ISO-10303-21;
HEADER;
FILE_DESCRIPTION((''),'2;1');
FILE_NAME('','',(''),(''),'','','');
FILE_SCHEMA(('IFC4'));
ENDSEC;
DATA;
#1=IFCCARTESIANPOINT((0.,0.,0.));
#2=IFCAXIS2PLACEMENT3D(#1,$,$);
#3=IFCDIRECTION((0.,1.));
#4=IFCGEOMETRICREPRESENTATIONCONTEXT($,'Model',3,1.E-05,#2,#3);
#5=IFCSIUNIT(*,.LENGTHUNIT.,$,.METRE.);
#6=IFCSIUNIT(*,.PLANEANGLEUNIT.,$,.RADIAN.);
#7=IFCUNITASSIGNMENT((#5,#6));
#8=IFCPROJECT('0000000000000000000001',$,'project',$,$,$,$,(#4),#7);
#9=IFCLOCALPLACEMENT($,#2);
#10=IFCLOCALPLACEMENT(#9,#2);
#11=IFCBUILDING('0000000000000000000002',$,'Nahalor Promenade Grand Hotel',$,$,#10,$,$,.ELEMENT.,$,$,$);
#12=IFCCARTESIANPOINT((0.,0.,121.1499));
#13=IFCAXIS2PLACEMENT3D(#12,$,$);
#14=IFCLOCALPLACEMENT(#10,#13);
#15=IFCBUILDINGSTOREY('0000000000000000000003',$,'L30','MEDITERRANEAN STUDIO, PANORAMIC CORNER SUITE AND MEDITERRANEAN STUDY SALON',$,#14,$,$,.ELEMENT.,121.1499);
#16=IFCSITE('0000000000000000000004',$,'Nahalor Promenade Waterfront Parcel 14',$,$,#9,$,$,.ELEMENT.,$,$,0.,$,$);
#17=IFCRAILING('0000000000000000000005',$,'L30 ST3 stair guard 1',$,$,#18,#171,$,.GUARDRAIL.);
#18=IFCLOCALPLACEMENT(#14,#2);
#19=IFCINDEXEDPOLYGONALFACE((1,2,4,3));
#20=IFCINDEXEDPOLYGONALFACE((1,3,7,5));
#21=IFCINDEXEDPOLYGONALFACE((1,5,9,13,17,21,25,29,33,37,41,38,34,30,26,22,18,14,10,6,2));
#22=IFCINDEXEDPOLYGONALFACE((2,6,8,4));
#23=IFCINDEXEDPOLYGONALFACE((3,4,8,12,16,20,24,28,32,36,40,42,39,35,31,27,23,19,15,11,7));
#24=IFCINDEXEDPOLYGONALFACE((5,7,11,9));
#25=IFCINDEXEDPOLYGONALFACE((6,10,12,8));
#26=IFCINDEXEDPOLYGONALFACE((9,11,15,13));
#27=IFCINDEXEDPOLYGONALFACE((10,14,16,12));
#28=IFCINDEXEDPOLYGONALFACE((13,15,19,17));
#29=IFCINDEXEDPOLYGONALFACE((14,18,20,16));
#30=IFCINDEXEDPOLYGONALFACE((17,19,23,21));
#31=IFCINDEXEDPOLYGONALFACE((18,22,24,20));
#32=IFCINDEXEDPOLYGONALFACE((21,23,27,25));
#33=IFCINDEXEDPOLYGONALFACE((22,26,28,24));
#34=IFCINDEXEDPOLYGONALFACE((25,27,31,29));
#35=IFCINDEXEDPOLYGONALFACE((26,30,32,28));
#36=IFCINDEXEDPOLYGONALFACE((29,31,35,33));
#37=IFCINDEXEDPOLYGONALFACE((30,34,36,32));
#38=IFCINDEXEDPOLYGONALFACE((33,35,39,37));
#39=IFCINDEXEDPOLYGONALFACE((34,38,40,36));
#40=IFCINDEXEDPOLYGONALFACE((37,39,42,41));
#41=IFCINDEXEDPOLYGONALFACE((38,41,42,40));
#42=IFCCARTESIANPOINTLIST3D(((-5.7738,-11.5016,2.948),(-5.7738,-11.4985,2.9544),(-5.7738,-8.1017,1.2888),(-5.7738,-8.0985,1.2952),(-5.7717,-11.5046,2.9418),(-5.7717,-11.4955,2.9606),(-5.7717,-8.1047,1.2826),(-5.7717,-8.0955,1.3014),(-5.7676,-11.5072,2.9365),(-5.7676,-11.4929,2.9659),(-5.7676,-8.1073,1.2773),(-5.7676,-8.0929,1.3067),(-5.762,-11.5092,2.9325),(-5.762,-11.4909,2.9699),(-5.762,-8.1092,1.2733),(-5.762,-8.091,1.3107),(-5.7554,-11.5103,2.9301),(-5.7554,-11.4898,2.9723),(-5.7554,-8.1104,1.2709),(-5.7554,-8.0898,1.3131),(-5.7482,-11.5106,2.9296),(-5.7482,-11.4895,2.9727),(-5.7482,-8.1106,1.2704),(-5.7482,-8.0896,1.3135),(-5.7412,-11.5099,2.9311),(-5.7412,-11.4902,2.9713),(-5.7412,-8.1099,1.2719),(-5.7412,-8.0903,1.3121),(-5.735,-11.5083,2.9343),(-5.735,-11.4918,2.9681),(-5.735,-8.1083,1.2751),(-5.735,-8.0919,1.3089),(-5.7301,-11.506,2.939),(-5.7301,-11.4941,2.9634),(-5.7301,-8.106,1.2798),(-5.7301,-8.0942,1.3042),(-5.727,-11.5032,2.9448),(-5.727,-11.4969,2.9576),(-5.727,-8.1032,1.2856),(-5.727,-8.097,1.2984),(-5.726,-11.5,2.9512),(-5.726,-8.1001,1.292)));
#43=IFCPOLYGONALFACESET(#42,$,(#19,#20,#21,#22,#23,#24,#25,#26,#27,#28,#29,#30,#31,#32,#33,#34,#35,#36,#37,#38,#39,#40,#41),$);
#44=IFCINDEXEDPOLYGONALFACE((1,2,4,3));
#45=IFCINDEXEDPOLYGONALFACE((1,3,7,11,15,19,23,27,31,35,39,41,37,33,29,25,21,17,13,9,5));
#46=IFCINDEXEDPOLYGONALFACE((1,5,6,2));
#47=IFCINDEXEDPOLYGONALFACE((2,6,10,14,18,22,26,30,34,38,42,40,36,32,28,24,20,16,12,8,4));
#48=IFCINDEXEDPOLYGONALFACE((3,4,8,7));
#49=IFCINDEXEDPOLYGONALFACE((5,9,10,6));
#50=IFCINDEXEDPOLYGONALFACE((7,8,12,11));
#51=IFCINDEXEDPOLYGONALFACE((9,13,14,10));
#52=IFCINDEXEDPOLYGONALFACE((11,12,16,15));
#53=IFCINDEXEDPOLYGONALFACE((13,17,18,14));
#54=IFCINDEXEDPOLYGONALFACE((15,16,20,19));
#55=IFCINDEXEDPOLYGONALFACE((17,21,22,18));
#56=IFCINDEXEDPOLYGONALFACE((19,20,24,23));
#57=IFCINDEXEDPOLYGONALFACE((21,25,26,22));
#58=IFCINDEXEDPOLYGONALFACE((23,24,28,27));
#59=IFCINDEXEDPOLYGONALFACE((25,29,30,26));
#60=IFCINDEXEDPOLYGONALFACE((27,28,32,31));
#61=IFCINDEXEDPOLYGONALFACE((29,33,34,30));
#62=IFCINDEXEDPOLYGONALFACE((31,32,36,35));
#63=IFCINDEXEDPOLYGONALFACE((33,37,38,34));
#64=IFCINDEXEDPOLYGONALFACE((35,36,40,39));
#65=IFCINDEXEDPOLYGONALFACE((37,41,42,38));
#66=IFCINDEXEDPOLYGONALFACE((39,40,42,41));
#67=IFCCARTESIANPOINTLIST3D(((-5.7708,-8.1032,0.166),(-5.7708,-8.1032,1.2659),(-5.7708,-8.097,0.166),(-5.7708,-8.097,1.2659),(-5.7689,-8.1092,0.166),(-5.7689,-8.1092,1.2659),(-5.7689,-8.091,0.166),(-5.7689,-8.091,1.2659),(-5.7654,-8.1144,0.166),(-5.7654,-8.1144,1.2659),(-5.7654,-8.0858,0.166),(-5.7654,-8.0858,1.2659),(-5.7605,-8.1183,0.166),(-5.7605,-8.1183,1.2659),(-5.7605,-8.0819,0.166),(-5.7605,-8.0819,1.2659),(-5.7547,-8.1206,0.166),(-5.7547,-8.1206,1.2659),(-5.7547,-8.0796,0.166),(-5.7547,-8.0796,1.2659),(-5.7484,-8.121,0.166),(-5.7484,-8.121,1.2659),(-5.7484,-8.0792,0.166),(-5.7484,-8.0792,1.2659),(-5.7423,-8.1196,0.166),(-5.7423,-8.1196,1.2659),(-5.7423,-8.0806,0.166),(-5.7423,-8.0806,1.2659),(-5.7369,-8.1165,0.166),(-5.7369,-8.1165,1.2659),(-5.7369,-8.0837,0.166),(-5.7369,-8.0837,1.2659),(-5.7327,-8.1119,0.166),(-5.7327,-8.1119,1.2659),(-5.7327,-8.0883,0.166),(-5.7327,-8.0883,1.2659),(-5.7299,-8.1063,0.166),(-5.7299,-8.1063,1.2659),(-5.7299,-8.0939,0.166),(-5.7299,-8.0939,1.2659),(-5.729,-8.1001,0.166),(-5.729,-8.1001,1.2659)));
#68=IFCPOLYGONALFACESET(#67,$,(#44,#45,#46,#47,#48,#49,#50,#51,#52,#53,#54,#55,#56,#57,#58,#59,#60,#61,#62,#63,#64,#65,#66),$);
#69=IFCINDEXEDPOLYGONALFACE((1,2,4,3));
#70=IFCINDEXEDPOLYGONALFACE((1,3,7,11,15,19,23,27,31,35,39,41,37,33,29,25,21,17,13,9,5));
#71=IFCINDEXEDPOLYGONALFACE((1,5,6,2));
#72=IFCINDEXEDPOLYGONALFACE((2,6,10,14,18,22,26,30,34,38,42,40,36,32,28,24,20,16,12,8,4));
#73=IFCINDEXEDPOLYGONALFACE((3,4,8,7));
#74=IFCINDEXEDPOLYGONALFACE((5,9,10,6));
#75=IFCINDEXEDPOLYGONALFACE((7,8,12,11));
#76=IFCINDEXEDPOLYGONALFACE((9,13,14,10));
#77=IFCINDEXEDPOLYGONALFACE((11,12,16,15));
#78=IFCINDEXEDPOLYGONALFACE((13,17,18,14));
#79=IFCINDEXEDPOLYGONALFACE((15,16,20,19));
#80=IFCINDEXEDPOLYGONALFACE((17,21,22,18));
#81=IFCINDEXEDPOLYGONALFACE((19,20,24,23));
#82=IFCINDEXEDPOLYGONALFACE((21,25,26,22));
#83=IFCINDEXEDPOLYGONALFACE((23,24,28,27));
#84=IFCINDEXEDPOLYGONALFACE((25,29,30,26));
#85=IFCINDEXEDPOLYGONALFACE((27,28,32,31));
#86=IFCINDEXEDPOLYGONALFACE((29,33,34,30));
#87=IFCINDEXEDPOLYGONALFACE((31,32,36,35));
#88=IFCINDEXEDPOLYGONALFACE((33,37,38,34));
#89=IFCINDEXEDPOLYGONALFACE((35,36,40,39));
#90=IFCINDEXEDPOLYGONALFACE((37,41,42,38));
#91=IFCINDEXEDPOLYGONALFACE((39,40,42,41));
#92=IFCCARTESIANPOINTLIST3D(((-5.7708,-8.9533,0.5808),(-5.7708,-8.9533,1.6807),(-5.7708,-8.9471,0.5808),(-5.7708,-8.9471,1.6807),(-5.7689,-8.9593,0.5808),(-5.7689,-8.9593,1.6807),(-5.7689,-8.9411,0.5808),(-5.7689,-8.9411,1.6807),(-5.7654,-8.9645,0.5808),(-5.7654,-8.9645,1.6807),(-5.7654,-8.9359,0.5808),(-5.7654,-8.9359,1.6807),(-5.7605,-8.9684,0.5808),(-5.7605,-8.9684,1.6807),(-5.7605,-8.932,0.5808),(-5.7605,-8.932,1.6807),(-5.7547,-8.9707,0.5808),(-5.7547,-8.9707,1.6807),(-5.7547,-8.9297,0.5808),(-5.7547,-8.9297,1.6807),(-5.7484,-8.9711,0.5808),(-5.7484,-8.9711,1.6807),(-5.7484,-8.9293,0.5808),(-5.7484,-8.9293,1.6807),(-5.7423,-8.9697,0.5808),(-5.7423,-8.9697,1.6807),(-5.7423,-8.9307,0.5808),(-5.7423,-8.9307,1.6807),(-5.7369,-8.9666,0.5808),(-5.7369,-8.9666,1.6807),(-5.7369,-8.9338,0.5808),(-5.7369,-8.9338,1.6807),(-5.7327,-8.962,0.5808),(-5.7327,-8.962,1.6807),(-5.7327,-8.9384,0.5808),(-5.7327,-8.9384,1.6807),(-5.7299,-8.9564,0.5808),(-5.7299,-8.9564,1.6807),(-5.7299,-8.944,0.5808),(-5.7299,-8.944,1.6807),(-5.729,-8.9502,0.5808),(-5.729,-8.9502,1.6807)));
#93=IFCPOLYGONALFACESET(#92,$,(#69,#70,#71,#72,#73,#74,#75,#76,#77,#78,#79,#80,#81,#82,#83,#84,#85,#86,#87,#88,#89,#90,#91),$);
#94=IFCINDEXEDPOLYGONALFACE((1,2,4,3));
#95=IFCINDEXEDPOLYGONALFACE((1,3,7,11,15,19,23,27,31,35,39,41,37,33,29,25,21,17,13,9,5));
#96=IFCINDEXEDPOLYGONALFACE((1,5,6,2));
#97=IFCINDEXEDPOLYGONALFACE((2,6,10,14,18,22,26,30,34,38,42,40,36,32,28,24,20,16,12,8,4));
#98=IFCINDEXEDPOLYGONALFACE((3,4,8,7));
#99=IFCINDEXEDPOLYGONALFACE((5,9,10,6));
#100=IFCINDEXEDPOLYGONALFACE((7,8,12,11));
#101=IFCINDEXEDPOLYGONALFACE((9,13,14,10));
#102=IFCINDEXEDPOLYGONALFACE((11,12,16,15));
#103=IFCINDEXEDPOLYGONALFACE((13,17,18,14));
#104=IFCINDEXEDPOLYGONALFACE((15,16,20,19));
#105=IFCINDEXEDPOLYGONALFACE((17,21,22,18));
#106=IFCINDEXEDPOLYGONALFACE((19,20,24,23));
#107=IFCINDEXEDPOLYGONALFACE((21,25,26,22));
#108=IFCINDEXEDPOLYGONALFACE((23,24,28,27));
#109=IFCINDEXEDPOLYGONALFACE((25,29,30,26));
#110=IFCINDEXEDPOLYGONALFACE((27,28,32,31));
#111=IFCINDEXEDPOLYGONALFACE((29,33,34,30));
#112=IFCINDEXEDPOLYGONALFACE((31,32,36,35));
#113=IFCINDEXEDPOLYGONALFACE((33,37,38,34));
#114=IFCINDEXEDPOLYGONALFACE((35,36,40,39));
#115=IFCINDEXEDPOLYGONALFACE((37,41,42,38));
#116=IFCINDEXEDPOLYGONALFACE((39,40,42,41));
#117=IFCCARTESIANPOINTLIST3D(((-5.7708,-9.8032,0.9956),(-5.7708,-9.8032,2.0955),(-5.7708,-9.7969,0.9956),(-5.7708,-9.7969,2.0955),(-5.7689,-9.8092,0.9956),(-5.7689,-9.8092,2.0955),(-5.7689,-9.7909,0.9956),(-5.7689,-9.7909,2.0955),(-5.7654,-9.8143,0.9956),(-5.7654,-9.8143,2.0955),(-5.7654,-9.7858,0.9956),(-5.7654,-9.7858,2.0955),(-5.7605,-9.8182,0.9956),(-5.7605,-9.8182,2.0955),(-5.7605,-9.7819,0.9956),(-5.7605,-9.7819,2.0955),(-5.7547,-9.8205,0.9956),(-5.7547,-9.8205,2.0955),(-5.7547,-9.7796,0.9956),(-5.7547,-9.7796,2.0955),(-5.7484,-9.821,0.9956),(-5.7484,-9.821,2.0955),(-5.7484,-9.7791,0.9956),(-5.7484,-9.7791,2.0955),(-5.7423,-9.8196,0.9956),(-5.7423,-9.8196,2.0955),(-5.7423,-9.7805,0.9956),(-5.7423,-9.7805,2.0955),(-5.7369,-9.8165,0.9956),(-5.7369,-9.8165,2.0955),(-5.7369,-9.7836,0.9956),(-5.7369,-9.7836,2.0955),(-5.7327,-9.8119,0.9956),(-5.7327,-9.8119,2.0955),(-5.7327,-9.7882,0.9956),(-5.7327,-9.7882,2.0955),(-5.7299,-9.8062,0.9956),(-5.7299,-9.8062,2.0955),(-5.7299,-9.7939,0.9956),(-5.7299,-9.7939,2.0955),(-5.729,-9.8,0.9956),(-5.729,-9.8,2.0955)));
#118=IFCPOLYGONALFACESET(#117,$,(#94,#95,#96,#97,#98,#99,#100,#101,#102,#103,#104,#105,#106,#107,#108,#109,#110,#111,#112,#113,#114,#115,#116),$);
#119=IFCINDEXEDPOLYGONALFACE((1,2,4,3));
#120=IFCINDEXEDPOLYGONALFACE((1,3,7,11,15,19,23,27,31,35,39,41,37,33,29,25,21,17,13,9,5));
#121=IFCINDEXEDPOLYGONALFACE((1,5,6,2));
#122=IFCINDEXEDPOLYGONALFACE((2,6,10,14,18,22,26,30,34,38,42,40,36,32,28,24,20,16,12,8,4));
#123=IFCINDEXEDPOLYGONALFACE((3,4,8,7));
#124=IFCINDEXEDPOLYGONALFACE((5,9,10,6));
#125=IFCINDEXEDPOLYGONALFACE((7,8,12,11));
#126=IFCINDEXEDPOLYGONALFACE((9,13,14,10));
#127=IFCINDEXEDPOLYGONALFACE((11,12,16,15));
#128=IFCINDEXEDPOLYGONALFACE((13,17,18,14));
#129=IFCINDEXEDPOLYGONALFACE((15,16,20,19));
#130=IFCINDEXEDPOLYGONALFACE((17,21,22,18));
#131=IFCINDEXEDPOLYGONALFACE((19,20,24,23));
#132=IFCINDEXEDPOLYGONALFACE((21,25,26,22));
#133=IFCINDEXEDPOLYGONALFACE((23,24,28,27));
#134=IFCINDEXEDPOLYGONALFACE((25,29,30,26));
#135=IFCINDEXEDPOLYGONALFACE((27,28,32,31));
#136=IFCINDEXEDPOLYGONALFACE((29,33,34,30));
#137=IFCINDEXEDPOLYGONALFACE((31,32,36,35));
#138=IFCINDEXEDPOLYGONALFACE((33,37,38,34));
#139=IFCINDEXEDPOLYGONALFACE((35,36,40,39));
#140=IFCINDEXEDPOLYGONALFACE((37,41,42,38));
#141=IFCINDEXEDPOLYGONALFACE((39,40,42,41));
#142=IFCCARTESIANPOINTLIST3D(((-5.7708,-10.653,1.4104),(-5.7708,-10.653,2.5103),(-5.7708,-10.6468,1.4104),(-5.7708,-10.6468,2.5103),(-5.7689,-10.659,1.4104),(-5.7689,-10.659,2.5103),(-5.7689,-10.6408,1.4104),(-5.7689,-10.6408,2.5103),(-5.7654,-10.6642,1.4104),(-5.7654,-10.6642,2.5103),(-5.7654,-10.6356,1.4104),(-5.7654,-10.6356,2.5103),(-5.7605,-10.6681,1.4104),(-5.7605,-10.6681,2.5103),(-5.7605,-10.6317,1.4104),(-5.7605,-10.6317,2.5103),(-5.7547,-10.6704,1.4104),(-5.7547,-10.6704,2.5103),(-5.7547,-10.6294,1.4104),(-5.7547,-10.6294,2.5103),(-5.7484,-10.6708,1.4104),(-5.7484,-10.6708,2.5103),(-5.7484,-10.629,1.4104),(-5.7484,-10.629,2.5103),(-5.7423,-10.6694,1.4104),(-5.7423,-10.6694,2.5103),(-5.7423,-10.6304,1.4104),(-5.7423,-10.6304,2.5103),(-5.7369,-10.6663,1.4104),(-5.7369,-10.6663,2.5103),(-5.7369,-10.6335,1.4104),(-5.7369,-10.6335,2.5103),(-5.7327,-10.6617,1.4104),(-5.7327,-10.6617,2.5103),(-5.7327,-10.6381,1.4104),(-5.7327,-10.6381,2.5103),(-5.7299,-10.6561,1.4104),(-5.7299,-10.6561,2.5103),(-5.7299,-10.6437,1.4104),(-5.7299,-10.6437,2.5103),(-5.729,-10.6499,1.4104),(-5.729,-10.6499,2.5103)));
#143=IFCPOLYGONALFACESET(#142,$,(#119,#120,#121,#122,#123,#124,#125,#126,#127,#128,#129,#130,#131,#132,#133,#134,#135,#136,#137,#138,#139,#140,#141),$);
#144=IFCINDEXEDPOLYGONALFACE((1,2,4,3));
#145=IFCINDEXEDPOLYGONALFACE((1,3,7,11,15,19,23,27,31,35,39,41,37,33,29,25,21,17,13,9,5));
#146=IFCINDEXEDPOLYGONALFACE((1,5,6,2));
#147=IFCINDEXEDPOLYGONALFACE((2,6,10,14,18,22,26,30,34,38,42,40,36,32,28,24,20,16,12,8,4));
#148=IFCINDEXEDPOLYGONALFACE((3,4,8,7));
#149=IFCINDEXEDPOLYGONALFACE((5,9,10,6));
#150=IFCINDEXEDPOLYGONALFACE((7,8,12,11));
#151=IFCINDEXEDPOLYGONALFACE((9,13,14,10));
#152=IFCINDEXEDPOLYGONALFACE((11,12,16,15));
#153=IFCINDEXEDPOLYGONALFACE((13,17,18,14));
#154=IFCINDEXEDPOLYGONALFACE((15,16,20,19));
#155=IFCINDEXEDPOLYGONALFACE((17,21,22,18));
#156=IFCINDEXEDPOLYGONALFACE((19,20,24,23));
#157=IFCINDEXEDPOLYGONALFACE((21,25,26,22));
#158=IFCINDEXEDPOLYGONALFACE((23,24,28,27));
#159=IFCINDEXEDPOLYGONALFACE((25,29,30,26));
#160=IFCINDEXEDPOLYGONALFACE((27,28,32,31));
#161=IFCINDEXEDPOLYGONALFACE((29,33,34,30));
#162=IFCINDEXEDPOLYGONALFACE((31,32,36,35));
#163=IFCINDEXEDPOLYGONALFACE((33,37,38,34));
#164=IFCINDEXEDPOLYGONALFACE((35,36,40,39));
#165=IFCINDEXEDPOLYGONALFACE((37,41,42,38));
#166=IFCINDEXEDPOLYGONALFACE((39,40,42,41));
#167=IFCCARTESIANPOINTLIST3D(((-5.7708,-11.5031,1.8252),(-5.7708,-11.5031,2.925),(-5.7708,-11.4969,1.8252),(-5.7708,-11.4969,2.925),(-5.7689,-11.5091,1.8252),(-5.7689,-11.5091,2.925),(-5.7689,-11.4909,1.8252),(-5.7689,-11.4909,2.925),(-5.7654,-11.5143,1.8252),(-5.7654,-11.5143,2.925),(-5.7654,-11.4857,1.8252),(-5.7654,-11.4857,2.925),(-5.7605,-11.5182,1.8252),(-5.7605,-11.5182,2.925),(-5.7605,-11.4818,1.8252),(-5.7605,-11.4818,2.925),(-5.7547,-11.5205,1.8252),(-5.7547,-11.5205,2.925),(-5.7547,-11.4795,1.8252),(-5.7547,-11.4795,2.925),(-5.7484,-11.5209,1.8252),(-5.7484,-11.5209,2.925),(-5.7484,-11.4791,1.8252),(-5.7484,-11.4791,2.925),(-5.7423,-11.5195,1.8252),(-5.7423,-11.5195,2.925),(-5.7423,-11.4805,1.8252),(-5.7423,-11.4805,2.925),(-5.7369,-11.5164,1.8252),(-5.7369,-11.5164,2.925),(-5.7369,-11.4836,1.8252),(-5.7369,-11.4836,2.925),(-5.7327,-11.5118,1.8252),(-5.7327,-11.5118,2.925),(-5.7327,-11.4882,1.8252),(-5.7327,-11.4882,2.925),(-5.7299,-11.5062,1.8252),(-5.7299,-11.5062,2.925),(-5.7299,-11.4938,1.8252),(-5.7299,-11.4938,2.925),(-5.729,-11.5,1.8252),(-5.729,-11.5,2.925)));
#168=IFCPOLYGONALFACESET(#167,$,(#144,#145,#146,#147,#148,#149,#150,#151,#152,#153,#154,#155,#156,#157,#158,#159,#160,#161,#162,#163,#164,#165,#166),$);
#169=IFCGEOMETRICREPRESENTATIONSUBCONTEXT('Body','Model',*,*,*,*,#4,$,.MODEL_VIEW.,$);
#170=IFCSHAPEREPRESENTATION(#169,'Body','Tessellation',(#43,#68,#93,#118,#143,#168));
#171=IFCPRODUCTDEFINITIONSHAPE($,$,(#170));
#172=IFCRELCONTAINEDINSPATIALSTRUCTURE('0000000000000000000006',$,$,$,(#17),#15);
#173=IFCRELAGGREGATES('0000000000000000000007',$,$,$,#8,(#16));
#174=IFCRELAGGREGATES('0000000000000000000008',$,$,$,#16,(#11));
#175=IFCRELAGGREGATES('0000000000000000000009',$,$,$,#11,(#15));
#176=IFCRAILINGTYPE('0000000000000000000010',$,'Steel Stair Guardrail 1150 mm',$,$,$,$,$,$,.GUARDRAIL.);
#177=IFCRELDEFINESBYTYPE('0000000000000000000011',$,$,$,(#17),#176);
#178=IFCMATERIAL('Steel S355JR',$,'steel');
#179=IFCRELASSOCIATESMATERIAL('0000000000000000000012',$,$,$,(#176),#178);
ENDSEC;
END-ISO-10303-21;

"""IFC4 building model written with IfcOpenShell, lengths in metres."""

from ifc_helpers import new_model, si_unit, direction, frame, origin, origin_2d, place, context, subcontext, project, spatial, circle, extrude, material, type_object, element, save


model = new_model("IFC4")

# Units and contexts
model_context = context("Model", 3, precision=1e-05, world=origin(), true_north=direction((0.0, 1.0)))
body_context = subcontext(model_context, "Body", "Model", "MODEL_VIEW")
ifc_project = project(units=[si_unit("LENGTHUNIT", "METRE"), si_unit("PLANEANGLEUNIT", "RADIAN")], contexts=[model_context])

# Site, building, storey
site_placement = place(None, origin())
site = spatial("IfcSite", under=ifc_project, at=site_placement, Name="Nahalor Promenade Waterfront Parcel 14", CompositionType="ELEMENT", RefElevation=0.0)
building_placement = place(site_placement, origin())
building = spatial("IfcBuilding", under=site, at=building_placement, Name="Nahalor Promenade Grand Hotel", CompositionType="ELEMENT")
storey_placement = place(building_placement, frame((0.0, 0.0, 121.1499)))
storey = spatial("IfcBuildingStorey", under=building, at=storey_placement, Name="L30", Description="MEDITERRANEAN STUDIO, PANORAMIC CORNER SUITE AND MEDITERRANEAN STUDY SALON", CompositionType="ELEMENT", Elevation=121.1499)

# Shared definitions
ifc_material_1 = material(Name="Steel S355JR", Category="steel")

# Railing
railing_type_1 = type_object("IfcRailingType", Name="Steel Stair Guardrail 1150 mm", PredefinedType="GUARDRAIL", material=ifc_material_1)
railing_1_placement = place(storey_placement, frame((-5.75, -8.1001, 0.166)))
element("IfcRailing", 1, at=railing_1_placement, inside=storey, type_object=railing_type_1, Name="L30 ST3 stair guard 1", PredefinedType="GUARDRAIL", context=body_context, shape_type="SweptSolid", body=[
    extrude(circle(Radius=0.024, at=origin_2d()), frame((0.0, 0.0, 1.126), z_axis=(0.0, -0.898696, 0.438571), x_axis=(1.0, 0.0, 0.0)), (0.0, 0.0, 1.0), 3.7832),
    extrude(circle(Radius=0.021, at=origin_2d()), origin(), (0.0, 0.0, 1.0), 1.0999),
    extrude(circle(Radius=0.021, at=origin_2d()), frame((0.0, -0.8501, 0.4148)), (0.0, 0.0, 1.0), 1.0999),
    extrude(circle(Radius=0.021, at=origin_2d()), frame((0.0, -1.7, 0.8296)), (0.0, 0.0, 1.0), 1.0999),
    extrude(circle(Radius=0.021, at=origin_2d()), frame((0.0, -2.5498, 1.2444)), (0.0, 0.0, 1.0), 1.0999),
    extrude(circle(Radius=0.021, at=origin_2d()), frame((0.0, -3.3999, 1.6592)), (0.0, 0.0, 1.0), 1.0999),
])

save(model, "model.ifc")
